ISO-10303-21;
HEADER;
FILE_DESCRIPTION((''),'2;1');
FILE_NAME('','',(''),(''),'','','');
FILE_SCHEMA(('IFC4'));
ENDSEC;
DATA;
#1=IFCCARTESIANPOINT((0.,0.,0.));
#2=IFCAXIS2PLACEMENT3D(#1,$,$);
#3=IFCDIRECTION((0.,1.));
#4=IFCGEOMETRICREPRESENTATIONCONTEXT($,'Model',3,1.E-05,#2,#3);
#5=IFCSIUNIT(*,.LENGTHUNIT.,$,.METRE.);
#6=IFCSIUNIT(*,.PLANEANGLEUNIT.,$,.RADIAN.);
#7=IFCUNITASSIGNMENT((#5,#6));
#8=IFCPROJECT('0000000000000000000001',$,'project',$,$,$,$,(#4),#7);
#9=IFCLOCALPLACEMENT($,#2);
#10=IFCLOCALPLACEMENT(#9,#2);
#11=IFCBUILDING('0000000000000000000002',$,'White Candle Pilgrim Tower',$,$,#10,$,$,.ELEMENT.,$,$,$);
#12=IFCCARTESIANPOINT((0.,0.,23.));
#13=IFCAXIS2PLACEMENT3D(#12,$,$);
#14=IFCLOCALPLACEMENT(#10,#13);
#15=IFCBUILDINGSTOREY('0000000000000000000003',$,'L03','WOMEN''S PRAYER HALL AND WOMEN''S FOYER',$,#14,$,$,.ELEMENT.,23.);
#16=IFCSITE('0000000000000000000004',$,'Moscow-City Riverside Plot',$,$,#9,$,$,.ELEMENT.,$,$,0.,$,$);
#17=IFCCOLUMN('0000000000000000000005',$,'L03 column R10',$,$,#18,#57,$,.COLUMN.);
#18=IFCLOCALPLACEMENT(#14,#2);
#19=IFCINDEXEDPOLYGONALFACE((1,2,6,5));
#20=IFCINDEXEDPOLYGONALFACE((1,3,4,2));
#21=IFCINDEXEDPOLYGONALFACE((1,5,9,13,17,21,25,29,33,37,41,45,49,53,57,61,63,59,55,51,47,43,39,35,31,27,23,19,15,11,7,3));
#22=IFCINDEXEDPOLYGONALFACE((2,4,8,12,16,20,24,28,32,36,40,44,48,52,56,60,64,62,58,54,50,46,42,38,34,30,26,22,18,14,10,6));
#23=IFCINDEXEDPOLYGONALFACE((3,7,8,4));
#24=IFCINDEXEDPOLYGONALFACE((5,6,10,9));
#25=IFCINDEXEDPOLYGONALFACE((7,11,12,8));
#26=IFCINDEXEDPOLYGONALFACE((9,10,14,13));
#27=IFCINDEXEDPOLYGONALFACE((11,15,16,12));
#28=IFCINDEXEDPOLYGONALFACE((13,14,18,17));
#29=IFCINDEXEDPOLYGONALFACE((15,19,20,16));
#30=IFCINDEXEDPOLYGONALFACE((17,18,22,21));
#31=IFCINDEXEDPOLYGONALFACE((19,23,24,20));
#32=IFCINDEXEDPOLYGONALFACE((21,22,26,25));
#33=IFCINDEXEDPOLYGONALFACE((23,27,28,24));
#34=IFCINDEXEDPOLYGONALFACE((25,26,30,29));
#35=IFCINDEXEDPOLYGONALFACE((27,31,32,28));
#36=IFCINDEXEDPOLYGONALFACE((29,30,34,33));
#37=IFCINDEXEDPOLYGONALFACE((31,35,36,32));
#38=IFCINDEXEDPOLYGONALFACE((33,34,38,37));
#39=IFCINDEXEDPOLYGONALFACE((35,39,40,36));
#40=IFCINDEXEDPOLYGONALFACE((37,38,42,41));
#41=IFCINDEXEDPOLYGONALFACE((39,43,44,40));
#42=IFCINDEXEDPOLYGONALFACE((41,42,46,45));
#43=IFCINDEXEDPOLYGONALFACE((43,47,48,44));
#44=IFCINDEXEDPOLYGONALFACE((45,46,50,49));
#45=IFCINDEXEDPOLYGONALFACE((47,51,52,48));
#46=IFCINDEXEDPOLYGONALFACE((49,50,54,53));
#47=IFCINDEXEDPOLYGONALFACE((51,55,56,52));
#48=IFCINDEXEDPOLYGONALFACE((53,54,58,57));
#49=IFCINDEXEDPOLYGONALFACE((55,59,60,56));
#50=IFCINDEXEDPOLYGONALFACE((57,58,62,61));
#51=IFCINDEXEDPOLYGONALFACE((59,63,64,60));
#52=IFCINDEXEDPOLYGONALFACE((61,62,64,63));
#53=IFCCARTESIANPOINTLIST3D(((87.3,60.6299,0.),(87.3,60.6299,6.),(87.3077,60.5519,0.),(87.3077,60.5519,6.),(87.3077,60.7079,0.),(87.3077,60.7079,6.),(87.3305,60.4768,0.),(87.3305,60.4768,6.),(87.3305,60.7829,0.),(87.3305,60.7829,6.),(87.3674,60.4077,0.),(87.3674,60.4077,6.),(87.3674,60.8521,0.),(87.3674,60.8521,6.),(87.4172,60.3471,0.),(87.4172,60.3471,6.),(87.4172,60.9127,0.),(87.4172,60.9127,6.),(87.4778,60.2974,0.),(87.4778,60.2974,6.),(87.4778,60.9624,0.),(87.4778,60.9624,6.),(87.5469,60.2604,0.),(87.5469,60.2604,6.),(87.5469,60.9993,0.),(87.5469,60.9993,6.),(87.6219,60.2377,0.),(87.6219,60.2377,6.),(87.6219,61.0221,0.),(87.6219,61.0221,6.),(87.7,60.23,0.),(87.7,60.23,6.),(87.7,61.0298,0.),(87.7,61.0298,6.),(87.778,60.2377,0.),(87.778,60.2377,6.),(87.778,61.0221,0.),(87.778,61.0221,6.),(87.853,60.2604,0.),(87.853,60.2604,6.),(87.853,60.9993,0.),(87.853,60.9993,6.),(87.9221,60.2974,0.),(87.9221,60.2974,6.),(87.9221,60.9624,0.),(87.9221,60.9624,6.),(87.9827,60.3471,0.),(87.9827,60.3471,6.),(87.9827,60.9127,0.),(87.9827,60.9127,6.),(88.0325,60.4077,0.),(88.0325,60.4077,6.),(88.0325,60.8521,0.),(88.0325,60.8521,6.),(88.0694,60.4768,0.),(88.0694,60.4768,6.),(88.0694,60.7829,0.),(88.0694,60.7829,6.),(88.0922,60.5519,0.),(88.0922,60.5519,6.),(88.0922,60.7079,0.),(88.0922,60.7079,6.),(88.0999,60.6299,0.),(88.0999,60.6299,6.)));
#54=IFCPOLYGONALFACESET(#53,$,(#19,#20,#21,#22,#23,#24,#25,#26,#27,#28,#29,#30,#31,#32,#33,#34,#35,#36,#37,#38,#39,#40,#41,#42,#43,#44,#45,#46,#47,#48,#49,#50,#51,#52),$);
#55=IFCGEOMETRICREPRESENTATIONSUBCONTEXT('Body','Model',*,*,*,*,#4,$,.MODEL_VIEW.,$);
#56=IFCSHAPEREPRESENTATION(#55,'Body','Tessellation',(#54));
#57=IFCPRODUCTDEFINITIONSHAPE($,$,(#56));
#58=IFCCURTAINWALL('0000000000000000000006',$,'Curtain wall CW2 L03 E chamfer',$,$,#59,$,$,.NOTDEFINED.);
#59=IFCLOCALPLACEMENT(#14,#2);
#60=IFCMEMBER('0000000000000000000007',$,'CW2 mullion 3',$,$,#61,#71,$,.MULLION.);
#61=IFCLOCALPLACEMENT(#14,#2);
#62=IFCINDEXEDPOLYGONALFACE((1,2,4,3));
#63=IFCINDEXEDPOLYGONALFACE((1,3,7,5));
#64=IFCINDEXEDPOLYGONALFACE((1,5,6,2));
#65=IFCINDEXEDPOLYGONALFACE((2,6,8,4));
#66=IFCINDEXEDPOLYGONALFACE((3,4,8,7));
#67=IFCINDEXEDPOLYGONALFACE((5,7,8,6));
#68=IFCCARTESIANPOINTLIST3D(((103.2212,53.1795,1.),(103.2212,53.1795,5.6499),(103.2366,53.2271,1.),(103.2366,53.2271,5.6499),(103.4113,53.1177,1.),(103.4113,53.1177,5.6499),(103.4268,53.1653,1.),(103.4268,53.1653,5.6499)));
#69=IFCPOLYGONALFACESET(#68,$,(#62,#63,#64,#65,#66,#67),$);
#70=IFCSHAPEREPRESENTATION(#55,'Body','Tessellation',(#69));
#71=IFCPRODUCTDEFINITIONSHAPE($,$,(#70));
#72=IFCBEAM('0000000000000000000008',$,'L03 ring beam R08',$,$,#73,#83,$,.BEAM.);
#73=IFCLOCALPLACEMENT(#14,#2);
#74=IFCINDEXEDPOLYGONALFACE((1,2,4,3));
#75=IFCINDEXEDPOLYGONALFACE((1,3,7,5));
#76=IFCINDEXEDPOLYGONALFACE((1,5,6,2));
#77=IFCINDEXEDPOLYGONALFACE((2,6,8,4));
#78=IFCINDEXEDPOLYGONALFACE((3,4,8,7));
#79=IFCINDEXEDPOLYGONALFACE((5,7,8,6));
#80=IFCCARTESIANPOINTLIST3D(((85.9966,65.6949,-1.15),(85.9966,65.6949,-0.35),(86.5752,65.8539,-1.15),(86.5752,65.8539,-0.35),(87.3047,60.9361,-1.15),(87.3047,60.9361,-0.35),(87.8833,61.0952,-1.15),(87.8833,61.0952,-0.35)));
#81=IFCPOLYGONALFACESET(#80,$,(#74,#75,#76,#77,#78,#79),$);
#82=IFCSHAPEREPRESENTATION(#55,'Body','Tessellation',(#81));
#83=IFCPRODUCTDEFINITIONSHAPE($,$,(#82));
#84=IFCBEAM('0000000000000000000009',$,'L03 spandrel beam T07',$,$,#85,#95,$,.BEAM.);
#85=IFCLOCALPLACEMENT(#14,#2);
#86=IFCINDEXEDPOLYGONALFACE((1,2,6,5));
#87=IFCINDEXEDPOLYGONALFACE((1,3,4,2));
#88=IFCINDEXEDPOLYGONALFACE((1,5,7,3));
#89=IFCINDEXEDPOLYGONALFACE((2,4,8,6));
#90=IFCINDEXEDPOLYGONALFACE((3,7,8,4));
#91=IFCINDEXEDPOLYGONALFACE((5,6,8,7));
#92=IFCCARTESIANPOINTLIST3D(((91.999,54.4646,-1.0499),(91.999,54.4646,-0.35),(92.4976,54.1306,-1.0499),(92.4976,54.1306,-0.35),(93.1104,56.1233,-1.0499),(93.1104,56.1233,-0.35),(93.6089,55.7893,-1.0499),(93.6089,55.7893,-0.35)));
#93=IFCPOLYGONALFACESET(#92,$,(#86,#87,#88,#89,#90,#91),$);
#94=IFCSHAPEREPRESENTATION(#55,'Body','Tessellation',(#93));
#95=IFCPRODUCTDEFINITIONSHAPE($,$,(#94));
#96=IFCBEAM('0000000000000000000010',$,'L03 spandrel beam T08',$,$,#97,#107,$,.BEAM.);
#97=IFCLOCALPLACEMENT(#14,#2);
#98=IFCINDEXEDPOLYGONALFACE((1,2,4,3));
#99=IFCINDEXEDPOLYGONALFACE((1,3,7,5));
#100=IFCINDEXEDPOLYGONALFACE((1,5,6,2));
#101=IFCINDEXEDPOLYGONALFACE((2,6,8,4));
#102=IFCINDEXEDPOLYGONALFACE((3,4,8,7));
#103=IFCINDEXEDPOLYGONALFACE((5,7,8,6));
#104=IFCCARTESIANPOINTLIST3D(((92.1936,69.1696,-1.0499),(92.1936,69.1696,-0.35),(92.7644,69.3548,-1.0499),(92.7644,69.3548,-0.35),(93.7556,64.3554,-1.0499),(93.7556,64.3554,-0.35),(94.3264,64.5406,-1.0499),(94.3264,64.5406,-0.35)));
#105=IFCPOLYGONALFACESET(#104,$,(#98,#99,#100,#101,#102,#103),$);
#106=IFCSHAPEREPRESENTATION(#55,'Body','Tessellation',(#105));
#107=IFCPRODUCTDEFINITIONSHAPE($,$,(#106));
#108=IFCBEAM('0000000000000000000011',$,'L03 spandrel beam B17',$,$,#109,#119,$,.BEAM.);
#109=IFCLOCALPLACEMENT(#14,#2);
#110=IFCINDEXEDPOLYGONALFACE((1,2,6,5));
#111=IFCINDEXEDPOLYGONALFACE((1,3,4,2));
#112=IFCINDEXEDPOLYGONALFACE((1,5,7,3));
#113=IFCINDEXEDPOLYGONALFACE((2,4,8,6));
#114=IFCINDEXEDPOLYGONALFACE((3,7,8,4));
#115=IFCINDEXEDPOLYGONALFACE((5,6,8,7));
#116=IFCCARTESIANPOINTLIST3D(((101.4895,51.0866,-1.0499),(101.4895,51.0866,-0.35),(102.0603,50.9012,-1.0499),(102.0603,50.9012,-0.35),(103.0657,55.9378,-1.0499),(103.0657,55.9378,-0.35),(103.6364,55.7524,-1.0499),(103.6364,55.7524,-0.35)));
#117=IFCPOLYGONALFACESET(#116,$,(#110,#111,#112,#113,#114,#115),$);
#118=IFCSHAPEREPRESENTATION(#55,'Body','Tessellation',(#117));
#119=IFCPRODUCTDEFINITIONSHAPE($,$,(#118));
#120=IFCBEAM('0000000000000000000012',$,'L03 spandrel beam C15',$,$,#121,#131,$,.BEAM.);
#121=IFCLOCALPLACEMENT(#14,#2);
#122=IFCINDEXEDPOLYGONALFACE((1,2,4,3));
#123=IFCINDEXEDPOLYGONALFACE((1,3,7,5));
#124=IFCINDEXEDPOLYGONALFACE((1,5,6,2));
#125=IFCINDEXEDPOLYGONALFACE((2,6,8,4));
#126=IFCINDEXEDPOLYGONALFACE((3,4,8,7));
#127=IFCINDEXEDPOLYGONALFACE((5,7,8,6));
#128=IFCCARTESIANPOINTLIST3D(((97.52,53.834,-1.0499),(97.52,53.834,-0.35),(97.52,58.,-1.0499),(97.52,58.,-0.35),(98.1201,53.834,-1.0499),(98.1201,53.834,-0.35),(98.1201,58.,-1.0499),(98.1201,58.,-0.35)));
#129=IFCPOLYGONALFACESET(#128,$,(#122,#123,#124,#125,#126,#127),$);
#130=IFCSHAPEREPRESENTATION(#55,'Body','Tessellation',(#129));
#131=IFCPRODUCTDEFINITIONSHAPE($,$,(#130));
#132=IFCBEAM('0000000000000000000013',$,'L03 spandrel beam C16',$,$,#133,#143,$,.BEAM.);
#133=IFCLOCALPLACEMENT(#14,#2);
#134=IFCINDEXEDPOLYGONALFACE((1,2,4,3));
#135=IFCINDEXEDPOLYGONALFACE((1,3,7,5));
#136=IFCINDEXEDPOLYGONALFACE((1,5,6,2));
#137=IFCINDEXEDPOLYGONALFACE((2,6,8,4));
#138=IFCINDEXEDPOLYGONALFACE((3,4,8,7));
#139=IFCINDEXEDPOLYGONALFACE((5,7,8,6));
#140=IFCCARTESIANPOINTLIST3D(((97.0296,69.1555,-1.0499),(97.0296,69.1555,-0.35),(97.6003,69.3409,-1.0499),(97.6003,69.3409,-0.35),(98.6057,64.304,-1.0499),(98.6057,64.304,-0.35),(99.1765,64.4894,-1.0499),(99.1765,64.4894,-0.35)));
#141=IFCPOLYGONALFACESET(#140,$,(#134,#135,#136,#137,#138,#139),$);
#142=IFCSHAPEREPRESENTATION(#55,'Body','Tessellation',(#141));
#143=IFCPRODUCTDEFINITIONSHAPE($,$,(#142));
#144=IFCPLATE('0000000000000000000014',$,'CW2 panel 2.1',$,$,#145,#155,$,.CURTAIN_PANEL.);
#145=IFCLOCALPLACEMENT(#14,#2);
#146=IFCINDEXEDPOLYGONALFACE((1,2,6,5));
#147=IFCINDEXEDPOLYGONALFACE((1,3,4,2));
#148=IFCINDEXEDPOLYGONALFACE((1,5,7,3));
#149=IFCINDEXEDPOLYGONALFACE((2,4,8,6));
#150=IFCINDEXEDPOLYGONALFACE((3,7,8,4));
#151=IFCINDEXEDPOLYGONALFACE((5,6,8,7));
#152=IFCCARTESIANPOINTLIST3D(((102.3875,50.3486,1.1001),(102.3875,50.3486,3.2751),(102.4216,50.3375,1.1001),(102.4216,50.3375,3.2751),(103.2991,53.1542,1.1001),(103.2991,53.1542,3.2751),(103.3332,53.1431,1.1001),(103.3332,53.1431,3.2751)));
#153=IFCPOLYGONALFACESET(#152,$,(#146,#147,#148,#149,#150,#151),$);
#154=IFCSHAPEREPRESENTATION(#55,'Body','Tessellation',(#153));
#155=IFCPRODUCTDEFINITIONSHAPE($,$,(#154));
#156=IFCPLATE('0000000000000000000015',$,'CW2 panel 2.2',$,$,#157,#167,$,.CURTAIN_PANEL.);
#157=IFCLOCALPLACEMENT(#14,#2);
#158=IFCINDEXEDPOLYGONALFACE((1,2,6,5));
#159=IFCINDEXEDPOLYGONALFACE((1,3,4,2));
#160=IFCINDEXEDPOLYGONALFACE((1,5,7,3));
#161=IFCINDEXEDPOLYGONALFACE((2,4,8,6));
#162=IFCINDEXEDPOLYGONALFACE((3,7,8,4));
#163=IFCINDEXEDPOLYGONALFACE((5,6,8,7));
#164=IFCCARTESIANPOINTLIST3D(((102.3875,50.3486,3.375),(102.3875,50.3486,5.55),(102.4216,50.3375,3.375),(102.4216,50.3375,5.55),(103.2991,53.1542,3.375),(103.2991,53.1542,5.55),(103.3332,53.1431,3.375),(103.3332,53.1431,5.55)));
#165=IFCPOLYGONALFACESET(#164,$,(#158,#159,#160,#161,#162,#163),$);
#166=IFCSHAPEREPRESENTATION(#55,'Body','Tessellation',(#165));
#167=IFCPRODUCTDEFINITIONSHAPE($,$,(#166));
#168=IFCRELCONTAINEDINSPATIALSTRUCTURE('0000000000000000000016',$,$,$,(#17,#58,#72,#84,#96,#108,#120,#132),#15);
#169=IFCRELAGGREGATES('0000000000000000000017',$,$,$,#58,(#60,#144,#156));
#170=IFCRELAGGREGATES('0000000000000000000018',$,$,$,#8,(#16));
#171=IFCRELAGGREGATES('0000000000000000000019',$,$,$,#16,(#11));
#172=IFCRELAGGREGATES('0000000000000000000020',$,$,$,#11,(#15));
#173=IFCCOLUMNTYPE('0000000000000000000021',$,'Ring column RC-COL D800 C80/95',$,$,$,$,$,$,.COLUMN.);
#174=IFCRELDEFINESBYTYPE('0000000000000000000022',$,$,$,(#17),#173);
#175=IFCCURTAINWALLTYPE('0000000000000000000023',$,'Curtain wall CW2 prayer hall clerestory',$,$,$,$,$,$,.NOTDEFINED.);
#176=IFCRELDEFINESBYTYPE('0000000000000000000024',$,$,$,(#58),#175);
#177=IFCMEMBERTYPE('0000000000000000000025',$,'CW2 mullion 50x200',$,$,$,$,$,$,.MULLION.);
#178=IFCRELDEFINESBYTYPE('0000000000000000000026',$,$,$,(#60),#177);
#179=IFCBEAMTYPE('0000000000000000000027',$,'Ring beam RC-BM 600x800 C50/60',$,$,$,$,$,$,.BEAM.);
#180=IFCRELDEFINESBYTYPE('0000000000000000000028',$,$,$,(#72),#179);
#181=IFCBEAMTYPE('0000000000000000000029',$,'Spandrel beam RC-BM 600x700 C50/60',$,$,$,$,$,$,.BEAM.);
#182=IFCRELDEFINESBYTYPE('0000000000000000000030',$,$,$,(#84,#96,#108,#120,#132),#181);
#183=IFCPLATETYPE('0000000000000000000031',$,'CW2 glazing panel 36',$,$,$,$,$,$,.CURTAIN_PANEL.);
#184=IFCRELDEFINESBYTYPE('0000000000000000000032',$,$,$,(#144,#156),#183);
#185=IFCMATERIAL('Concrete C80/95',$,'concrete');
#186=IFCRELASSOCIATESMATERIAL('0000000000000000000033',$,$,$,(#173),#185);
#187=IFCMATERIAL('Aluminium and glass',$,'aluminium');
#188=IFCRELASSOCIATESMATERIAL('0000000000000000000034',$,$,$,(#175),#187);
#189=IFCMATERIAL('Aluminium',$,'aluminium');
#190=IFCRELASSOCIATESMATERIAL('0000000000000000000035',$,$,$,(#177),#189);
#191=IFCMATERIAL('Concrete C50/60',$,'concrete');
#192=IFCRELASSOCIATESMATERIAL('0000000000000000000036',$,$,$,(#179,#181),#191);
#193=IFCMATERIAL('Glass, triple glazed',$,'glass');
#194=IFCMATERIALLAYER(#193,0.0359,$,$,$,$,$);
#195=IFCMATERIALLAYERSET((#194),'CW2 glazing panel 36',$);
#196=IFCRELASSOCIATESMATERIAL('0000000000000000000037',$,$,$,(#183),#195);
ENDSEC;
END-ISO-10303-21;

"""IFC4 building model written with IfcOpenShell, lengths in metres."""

from ifc_helpers import new_model, si_unit, direction, frame, origin, origin_2d, place, context, subcontext, project, spatial, rectangle, circle, extrude, material, layer, layer_set, material_profile, profile_set, type_object, element, aggregate, save


model = new_model("IFC4")

# Units and contexts
model_context = context("Model", 3, precision=1e-05, world=origin(), true_north=direction((0.0, 1.0)))
body_context = subcontext(model_context, "Body", "Model", "MODEL_VIEW")
ifc_project = project(units=[si_unit("LENGTHUNIT", "METRE"), si_unit("PLANEANGLEUNIT", "RADIAN")], contexts=[model_context])

# Site, building, storey
site_placement = place(None, origin())
site = spatial("IfcSite", under=ifc_project, at=site_placement, Name="Moscow-City Riverside Plot", CompositionType="ELEMENT", RefElevation=0.0)
building_placement = place(site_placement, origin())
building = spatial("IfcBuilding", under=site, at=building_placement, Name="White Candle Pilgrim Tower", CompositionType="ELEMENT")
storey_placement = place(building_placement, frame((0.0, 0.0, 23.0)))
storey = spatial("IfcBuildingStorey", under=building, at=storey_placement, Name="L03", Description="WOMEN'S PRAYER HALL AND WOMEN'S FOYER", CompositionType="ELEMENT", Elevation=23.0)

# Column
ifc_material_1 = material(Name="Concrete C80/95", Category="concrete")
ifc_material_profile_1 = material_profile(ifc_material_1, circle(Radius=0.3999, at=origin_2d()), Name="RC-COL D800")
ifc_profile_set_1 = profile_set([ifc_material_profile_1], Name="Concrete C80/95")
column_type_1 = type_object("IfcColumnType", Name="Ring column RC-COL D800 C80/95", PredefinedType="COLUMN", material=ifc_profile_set_1)
column_1_placement = place(storey_placement, frame((87.7, 60.6299, 0.0), z_axis=(0.0, 0.0, 1.0), x_axis=(1.0, 0.0, 0.0)))
element("IfcColumn", 1, at=column_1_placement, inside=storey, type_object=column_type_1, Name="L03 column R10", PredefinedType="COLUMN", context=body_context, shape_type="SweptSolid", body=[
    extrude(circle(Radius=0.3999, at=origin_2d()), origin(), (0.0, 0.0, 1.0), 6.0),
])

# Curtain wall, member
ifc_material_2 = material(Name="Aluminium and glass", Category="aluminium")
curtain_wall_type = type_object("IfcCurtainWallType", Name="Curtain wall CW2 prayer hall clerestory", PredefinedType="NOTDEFINED", material=ifc_material_2)
curtain_wall_placement = place(storey_placement, origin())
curtain_wall = element("IfcCurtainWall", 2, at=curtain_wall_placement, inside=storey, type_object=curtain_wall_type, Name="Curtain wall CW2 L03 E chamfer", PredefinedType="NOTDEFINED")
ifc_material_3 = material(Name="Aluminium", Category="aluminium")
ifc_material_profile_2 = material_profile(ifc_material_3, rectangle(XDim=0.2, YDim=0.05, at=origin_2d()), Name="CW2 mullion 50x200")
ifc_profile_set_2 = profile_set([ifc_material_profile_2], Name="Aluminium")
member_type = type_object("IfcMemberType", Name="CW2 mullion 50x200", PredefinedType="MULLION", material=ifc_profile_set_2)
member_placement = place(storey_placement, frame((103.324, 53.1724, 1.0), z_axis=(0.0, 0.0, 1.0), x_axis=(-0.951057, 0.309017, 0.0)))
member = element("IfcMember", 3, at=member_placement, type_object=member_type, Name="CW2 mullion 3", PredefinedType="MULLION", context=body_context, shape_type="SweptSolid", body=[
    extrude(rectangle(XDim=0.2, YDim=0.05, at=origin_2d()), origin(), (0.0, 0.0, 1.0), 4.6499),
])

# Beams
ifc_material_4 = material(Name="Concrete C50/60", Category="concrete")
ifc_material_profile_3 = material_profile(ifc_material_4, rectangle(XDim=0.6001, YDim=0.8, at=origin_2d()), Name="RC-BM 600x800")
ifc_profile_set_3 = profile_set([ifc_material_profile_3], Name="Concrete C50/60")
beam_type_1 = type_object("IfcBeamType", Name="Ring beam RC-BM 600x800 C50/60", PredefinedType="BEAM", material=ifc_profile_set_3)
beam_1_placement = place(storey_placement, frame((87.594, 61.0156, -0.75), z_axis=(-0.265051, 0.964234, 0.0), x_axis=(-0.964234, -0.265051, 0.0)))
element("IfcBeam", 4, at=beam_1_placement, inside=storey, type_object=beam_type_1, Name="L03 ring beam R08", PredefinedType="BEAM", context=body_context, shape_type="SweptSolid", body=[
    extrude(rectangle(XDim=0.6001, YDim=0.8, at=origin_2d()), origin(), (0.0, 0.0, 1.0), 4.9353),
])
ifc_material_profile_4 = material_profile(ifc_material_4, rectangle(XDim=0.6001, YDim=0.7, at=origin_2d()), Name="RC-BM 600x700")
ifc_profile_set_4 = profile_set([ifc_material_profile_4], Name="Concrete C50/60")
beam_type_2 = type_object("IfcBeamType", Name="Spandrel beam RC-BM 600x700 C50/60", PredefinedType="BEAM", material=ifc_profile_set_4)
beam_2_placement = place(storey_placement, frame((92.2483, 54.2976, -0.7), z_axis=(0.556618, 0.830769, 0.0), x_axis=(-0.830769, 0.556618, 0.0)))
element("IfcBeam", 5, at=beam_2_placement, inside=storey, type_object=beam_type_2, Name="L03 spandrel beam T07", PredefinedType="BEAM", context=body_context, shape_type="SweptSolid", body=[
    extrude(rectangle(XDim=0.6001, YDim=0.7, at=origin_2d()), origin(), (0.0, 0.0, 1.0), 1.9966),
])
beam_3_placement = place(storey_placement, frame((94.041, 64.448, -0.7), z_axis=(-0.30862, 0.951185, 0.0), x_axis=(-0.951185, -0.30862, 0.0)))
element("IfcBeam", 6, at=beam_3_placement, inside=storey, type_object=beam_type_2, Name="L03 spandrel beam T08", PredefinedType="BEAM", context=body_context, shape_type="SweptSolid", body=[
    extrude(rectangle(XDim=0.6001, YDim=0.7, at=origin_2d()), origin(), (0.0, 0.0, 1.0), 5.0613),
])
beam_4_placement = place(storey_placement, frame((101.7749, 50.9939, -0.7), z_axis=(0.308996, 0.951063, 0.0), x_axis=(-0.951063, 0.308996, 0.0)))
element("IfcBeam", 7, at=beam_4_placement, inside=storey, type_object=beam_type_2, Name="L03 spandrel beam B17", PredefinedType="BEAM", context=body_context, shape_type="SweptSolid", body=[
    extrude(rectangle(XDim=0.6001, YDim=0.7, at=origin_2d()), origin(), (0.0, 0.0, 1.0), 5.1008),
])
beam_5_placement = place(storey_placement, frame((97.8201, 53.834, -0.7), z_axis=(0.0, 1.0, 0.0), x_axis=(-1.0, 0.0, 0.0)))
element("IfcBeam", 8, at=beam_5_placement, inside=storey, type_object=beam_type_2, Name="L03 spandrel beam C15", PredefinedType="BEAM", context=body_context, shape_type="SweptSolid", body=[
    extrude(rectangle(XDim=0.6001, YDim=0.7, at=origin_2d()), origin(), (0.0, 0.0, 1.0), 4.166),
])
beam_6_placement = place(storey_placement, frame((98.8911, 64.3967, -0.7), z_axis=(-0.308982, 0.951068, 0.0), x_axis=(-0.951068, -0.308982, 0.0)))
element("IfcBeam", 9, at=beam_6_placement, inside=storey, type_object=beam_type_2, Name="L03 spandrel beam C16", PredefinedType="BEAM", context=body_context, shape_type="SweptSolid", body=[
    extrude(rectangle(XDim=0.6001, YDim=0.7, at=origin_2d()), origin(), (0.0, 0.0, 1.0), 5.1011),
])

# Plates
ifc_material_5 = material(Name="Glass, triple glazed", Category="glass")
ifc_layer_1 = layer(ifc_material_5, 0.0359)
ifc_layer_set_1 = layer_set([ifc_layer_1], Name="CW2 glazing panel 36")
plate_type = type_object("IfcPlateType", Name="CW2 glazing panel 36", PredefinedType="CURTAIN_PANEL", material=ifc_layer_set_1)
plate_1_placement = place(storey_placement, frame((102.8604, 51.7458, 1.1001), z_axis=(0.0, 0.0, 1.0), x_axis=(0.309017, 0.951057, 0.0)))
plate_1 = element("IfcPlate", 10, at=plate_1_placement, type_object=plate_type, Name="CW2 panel 2.1", PredefinedType="CURTAIN_PANEL", context=body_context, shape_type="SweptSolid", body=[
    extrude(rectangle(XDim=2.95, YDim=0.0359, at=origin_2d()), origin(), (0.0, 0.0, 1.0), 2.175),
])
plate_2_placement = place(storey_placement, frame((102.8604, 51.7458, 3.375), z_axis=(0.0, 0.0, 1.0), x_axis=(0.309017, 0.951057, 0.0)))
plate_2 = element("IfcPlate", 11, at=plate_2_placement, type_object=plate_type, Name="CW2 panel 2.2", PredefinedType="CURTAIN_PANEL", context=body_context, shape_type="SweptSolid", body=[
    extrude(rectangle(XDim=2.95, YDim=0.0359, at=origin_2d()), origin(), (0.0, 0.0, 1.0), 2.175),
])
aggregate(curtain_wall, [member, plate_1, plate_2])

save(model, "model.ifc")
